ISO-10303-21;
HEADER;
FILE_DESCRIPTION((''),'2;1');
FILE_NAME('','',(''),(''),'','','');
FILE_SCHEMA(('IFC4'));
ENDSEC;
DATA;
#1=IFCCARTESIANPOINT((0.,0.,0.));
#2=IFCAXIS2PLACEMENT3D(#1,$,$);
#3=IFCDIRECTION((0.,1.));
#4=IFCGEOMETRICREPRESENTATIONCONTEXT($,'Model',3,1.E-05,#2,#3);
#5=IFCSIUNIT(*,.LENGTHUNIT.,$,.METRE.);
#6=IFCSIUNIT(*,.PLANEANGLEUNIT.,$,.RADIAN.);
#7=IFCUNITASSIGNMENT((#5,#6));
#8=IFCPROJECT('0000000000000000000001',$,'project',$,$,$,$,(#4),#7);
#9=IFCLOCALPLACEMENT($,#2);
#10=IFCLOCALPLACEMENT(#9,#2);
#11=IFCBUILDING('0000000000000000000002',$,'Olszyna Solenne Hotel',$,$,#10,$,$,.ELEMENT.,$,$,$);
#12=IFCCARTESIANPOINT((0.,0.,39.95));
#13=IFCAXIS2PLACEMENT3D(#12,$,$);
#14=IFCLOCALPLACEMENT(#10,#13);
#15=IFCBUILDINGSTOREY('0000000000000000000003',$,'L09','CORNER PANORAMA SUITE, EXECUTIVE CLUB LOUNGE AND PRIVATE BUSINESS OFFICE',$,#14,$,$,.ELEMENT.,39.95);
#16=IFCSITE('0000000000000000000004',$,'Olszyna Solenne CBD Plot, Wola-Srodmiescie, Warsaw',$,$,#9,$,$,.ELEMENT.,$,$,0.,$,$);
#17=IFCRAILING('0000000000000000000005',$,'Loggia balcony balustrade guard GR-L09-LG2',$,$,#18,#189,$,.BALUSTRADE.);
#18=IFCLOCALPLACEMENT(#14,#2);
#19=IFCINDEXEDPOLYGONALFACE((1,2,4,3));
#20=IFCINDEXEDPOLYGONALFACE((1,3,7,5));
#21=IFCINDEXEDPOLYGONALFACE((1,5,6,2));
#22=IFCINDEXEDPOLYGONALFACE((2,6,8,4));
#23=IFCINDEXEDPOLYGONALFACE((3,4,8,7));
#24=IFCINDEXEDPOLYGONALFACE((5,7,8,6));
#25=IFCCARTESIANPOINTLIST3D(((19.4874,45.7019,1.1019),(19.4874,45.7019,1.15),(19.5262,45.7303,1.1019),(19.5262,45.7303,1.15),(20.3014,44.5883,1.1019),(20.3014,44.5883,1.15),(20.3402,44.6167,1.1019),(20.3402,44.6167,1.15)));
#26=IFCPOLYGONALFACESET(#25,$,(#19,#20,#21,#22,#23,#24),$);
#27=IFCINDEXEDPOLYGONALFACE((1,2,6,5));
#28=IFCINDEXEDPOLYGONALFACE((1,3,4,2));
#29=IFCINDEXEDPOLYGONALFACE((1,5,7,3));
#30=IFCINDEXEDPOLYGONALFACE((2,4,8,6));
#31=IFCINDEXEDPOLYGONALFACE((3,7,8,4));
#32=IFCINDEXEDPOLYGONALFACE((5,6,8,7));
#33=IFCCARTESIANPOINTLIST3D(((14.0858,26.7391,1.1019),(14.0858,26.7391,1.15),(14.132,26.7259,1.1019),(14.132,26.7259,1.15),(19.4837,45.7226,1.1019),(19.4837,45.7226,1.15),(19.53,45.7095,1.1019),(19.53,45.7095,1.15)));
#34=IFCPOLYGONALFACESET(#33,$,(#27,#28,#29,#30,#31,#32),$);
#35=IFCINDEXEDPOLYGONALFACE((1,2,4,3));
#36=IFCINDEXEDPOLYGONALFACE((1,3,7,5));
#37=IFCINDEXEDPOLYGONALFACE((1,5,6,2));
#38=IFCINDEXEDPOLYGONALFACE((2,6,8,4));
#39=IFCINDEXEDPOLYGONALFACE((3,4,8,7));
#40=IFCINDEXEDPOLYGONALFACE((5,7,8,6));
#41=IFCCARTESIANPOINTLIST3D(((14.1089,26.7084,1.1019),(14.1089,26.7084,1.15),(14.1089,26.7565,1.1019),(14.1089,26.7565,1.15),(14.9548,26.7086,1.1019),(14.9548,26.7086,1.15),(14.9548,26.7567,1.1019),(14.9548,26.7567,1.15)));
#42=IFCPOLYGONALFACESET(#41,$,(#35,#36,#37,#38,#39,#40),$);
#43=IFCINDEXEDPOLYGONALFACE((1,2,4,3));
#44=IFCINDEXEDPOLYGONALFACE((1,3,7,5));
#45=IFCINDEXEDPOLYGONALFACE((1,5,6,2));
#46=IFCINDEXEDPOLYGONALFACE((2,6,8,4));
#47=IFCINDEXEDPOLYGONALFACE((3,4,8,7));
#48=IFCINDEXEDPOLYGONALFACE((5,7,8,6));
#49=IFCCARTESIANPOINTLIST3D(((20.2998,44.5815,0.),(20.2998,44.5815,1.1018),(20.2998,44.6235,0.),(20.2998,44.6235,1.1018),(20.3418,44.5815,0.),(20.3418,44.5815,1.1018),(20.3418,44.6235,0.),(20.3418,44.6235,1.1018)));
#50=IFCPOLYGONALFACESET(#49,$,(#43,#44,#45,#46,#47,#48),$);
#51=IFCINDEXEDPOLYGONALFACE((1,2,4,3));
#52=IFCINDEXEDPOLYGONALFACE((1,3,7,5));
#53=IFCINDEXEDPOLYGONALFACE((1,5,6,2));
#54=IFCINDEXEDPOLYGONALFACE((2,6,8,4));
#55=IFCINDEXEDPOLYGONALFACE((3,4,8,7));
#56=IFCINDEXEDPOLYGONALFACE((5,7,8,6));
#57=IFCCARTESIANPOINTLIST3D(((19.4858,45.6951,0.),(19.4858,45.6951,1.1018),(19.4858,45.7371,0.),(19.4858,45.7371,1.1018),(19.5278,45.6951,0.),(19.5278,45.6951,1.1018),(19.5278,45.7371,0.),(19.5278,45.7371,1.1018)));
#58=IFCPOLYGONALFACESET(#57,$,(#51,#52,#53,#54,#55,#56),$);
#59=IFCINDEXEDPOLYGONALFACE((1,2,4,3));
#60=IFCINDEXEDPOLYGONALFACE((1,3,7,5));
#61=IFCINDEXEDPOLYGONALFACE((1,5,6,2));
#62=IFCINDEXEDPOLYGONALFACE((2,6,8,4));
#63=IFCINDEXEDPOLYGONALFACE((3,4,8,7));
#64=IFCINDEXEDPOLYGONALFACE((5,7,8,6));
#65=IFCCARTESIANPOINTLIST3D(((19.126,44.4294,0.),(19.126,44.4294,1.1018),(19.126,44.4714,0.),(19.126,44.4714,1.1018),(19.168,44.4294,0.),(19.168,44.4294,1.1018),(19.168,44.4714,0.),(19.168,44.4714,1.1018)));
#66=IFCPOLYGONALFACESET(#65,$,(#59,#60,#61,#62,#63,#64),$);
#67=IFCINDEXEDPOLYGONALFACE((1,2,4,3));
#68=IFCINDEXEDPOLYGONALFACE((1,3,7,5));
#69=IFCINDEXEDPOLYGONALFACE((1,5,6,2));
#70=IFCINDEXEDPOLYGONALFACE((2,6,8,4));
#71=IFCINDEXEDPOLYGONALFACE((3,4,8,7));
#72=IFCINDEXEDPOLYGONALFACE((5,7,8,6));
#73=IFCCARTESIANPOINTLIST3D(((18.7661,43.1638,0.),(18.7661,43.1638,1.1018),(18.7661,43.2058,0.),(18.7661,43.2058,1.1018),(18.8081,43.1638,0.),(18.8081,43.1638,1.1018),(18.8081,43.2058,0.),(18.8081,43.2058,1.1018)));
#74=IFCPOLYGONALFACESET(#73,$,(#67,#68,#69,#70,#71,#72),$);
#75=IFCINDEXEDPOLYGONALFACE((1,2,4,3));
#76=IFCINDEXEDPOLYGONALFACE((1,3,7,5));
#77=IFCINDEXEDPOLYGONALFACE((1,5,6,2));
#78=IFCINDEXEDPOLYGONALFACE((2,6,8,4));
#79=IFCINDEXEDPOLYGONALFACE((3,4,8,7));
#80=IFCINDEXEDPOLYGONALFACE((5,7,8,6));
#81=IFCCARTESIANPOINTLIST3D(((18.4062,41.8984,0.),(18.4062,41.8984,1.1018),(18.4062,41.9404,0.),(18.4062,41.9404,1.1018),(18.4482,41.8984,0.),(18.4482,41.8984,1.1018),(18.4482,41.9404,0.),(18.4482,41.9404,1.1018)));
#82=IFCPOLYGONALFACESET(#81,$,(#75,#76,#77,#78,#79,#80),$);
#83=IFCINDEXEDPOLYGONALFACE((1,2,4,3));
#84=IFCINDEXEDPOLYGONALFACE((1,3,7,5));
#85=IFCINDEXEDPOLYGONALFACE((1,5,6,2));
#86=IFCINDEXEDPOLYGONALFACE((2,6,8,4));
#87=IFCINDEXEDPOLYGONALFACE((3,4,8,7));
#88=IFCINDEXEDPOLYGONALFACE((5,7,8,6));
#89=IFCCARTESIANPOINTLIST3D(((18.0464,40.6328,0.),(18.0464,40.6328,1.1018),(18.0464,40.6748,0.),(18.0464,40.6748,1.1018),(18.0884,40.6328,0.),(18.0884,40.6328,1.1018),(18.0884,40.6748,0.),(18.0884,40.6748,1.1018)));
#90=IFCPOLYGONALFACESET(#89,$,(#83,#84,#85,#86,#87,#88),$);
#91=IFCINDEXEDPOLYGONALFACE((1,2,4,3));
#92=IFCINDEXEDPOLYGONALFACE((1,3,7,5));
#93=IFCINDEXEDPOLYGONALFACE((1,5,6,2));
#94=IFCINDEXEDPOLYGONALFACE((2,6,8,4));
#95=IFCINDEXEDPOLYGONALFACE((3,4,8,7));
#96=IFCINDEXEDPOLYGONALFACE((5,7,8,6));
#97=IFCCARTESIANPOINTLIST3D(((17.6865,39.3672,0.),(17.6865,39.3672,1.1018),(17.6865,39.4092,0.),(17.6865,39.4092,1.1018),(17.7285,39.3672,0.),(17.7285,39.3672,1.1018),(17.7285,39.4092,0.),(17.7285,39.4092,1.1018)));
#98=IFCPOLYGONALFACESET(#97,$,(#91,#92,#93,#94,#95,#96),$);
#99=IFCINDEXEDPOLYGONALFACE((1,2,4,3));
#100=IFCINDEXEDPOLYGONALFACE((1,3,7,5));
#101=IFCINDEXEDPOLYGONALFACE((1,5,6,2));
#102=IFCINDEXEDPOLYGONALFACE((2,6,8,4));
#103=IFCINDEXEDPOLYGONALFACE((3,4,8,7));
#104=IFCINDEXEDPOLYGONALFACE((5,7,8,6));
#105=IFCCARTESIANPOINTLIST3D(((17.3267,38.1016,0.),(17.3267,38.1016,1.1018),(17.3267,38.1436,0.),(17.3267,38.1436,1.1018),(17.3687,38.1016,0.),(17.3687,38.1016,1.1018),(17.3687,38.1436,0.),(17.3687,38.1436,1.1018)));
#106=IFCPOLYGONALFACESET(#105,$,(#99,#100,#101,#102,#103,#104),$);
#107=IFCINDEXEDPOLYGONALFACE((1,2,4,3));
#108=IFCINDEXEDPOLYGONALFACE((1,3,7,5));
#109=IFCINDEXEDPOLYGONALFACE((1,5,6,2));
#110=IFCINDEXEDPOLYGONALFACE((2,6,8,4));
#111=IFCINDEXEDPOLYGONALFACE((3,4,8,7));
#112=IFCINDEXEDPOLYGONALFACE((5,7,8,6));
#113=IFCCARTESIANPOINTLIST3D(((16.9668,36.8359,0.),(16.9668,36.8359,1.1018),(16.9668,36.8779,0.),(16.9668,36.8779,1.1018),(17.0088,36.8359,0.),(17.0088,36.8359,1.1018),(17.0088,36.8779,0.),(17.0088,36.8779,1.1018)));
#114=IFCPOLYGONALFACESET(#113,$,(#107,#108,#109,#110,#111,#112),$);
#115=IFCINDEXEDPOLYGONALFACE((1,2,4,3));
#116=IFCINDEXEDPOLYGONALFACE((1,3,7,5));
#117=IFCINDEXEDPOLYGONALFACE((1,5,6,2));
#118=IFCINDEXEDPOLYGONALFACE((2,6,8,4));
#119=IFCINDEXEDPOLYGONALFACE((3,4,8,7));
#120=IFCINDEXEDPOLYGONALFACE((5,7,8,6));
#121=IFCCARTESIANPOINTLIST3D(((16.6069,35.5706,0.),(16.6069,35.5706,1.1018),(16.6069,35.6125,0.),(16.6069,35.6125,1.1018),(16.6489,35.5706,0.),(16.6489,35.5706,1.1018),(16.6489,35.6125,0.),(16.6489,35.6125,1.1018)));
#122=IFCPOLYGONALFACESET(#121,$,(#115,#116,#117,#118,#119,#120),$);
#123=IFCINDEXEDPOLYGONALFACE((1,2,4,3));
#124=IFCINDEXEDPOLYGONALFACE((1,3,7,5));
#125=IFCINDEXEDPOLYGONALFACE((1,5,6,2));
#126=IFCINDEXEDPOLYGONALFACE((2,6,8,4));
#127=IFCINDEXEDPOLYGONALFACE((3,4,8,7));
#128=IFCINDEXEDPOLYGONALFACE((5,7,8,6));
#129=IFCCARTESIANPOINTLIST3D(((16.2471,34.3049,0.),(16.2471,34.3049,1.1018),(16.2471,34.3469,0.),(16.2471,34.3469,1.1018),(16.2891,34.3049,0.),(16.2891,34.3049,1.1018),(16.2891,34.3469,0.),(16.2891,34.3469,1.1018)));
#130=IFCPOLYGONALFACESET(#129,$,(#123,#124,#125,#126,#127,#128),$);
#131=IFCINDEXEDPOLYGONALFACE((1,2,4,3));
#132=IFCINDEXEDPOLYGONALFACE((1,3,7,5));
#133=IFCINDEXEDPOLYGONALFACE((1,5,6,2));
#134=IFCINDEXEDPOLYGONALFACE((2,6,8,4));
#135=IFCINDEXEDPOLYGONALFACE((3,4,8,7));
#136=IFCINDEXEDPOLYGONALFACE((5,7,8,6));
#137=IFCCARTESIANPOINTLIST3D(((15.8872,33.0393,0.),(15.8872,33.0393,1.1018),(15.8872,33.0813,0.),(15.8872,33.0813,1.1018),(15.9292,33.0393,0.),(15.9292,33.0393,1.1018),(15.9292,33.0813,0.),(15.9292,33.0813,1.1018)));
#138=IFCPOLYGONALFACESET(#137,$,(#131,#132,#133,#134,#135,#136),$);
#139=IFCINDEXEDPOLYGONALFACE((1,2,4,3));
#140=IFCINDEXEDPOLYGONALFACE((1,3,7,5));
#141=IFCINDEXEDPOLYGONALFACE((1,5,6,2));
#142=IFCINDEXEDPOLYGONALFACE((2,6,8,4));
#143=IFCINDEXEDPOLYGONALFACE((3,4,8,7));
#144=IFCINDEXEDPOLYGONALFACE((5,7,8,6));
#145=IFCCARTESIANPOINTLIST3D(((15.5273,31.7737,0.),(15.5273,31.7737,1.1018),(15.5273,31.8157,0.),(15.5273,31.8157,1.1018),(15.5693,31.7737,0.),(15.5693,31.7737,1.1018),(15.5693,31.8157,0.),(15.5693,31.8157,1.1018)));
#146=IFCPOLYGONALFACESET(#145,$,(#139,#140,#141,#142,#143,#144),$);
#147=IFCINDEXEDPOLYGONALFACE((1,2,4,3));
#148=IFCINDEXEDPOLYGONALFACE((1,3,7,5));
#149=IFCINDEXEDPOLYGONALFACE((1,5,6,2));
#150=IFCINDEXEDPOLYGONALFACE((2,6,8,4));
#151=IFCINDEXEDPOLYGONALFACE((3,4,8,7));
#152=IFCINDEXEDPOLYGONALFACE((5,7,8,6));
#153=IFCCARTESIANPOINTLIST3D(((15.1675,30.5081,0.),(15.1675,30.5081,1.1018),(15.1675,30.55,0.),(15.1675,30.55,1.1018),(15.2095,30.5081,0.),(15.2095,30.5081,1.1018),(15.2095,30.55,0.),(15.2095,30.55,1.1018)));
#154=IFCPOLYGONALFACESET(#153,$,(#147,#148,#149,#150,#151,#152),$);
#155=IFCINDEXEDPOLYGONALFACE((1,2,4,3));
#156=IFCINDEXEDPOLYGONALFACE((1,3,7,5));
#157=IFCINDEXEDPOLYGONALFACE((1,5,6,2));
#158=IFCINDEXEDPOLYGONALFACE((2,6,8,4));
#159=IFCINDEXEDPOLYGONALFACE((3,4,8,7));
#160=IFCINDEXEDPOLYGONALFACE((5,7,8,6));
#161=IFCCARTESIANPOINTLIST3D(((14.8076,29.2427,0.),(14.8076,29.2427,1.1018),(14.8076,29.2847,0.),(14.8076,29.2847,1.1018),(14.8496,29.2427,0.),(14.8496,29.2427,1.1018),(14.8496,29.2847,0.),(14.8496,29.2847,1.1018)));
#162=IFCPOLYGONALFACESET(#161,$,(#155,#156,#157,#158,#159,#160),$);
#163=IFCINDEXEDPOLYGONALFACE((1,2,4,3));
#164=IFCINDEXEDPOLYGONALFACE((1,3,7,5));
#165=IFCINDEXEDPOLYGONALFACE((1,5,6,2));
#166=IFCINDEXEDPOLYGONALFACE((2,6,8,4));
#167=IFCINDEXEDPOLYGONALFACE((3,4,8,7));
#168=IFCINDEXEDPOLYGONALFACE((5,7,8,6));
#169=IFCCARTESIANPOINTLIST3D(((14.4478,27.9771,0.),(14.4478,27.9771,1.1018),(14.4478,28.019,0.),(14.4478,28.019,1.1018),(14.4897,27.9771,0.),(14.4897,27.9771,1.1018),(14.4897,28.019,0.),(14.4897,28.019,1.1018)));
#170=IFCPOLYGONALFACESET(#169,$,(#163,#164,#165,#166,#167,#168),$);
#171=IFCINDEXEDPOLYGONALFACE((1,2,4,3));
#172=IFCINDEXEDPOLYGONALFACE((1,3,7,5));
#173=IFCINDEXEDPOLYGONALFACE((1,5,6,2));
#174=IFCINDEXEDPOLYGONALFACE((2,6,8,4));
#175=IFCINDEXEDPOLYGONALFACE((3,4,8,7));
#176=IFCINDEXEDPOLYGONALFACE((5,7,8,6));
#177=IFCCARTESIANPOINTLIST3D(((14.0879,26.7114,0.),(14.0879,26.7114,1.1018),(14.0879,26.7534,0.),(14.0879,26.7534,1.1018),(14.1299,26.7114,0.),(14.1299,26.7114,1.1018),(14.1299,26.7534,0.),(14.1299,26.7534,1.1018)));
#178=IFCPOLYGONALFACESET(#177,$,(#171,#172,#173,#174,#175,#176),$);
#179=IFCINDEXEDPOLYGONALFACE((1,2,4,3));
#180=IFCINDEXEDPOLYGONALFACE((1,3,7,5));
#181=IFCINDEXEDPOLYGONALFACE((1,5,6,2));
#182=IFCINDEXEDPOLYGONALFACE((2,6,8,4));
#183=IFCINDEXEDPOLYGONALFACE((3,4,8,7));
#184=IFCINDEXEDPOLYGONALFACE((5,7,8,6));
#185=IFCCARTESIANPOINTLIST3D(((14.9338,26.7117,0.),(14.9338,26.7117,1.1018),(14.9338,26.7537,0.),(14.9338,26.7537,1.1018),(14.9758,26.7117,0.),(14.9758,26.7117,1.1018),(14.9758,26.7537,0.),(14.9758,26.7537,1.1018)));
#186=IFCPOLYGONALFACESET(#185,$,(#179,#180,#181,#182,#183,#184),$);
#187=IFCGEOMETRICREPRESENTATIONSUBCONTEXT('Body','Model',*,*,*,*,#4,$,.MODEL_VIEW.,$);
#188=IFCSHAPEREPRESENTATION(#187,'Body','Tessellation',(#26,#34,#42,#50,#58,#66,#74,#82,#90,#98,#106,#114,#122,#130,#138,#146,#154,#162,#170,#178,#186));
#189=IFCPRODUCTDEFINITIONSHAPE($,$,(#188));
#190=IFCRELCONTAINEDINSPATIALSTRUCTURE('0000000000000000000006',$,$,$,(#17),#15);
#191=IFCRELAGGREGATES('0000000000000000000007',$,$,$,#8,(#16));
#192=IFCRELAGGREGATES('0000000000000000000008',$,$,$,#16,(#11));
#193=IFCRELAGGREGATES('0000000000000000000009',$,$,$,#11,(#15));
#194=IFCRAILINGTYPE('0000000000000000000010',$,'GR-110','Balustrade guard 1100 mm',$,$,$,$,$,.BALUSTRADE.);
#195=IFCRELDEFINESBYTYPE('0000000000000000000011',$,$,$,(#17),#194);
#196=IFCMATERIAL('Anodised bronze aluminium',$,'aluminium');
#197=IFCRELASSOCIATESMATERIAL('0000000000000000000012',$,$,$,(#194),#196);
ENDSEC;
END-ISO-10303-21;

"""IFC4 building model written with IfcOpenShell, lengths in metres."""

from ifc_helpers import new_model, si_unit, direction, frame, origin, origin_2d, place, context, subcontext, project, spatial, rectangle, extrude, material, type_object, element, save


model = new_model("IFC4")

# Units and contexts
model_context = context("Model", 3, precision=1e-05, world=origin(), true_north=direction((0.0, 1.0)))
body_context = subcontext(model_context, "Body", "Model", "MODEL_VIEW")
ifc_project = project(units=[si_unit("LENGTHUNIT", "METRE"), si_unit("PLANEANGLEUNIT", "RADIAN")], contexts=[model_context])

# Site, building, storey
site_placement = place(None, origin())
site = spatial("IfcSite", under=ifc_project, at=site_placement, Name="Olszyna Solenne CBD Plot, Wola-Srodmiescie, Warsaw", CompositionType="ELEMENT", RefElevation=0.0)
building_placement = place(site_placement, origin())
building = spatial("IfcBuilding", under=site, at=building_placement, Name="Olszyna Solenne Hotel", CompositionType="ELEMENT")
storey_placement = place(building_placement, frame((0.0, 0.0, 39.95)))
storey = spatial("IfcBuildingStorey", under=building, at=storey_placement, Name="L09", Description="CORNER PANORAMA SUITE, EXECUTIVE CLUB LOUNGE AND PRIVATE BUSINESS OFFICE", CompositionType="ELEMENT", Elevation=39.95)

# Shared definitions
ifc_material_1 = material(Name="Anodised bronze aluminium", Category="aluminium")

# Railing
railing_type = type_object("IfcRailingType", Name="GR-110", Description="Balustrade guard 1100 mm", PredefinedType="BALUSTRADE", material=ifc_material_1)
railing_placement = place(storey_placement, frame((20.3208, 44.6025, 0.0)))
element("IfcRailing", 1, at=railing_placement, inside=storey, type_object=railing_type, Name="Loggia balcony balustrade guard GR-L09-LG2", PredefinedType="BALUSTRADE", context=body_context, shape_type="SweptSolid", body=[
    extrude(rectangle(XDim=0.0481, YDim=0.0481, at=origin_2d()), frame((0.0, 0.0, 1.126), z_axis=(-0.590128, 0.80731, 0.0), x_axis=(-0.80731, -0.590128, 0.0)), (0.0, 0.0, 1.0), 1.3794),
    extrude(rectangle(XDim=0.0481, YDim=0.0481, at=origin_2d()), frame((-0.814, 1.1135, 1.126), z_axis=(-0.273505, -0.96187, 0.0), x_axis=(0.96187, -0.273505, 0.0)), (0.0, 0.0, 1.0), 19.7361),
    extrude(rectangle(XDim=0.0481, YDim=0.0481, at=origin_2d()), frame((-6.2119, -17.8701, 1.126), z_axis=(1.0, 0.000289, 0.0), x_axis=(-0.000289, 1.0, 0.0)), (0.0, 0.0, 1.0), 0.8459),
    extrude(rectangle(XDim=0.042, YDim=0.042, at=origin_2d()), origin(), (0.0, 0.0, 1.0), 1.1018),
    extrude(rectangle(XDim=0.042, YDim=0.042, at=origin_2d()), frame((-0.814, 1.1135, 0.0)), (0.0, 0.0, 1.0), 1.1018),
    extrude(rectangle(XDim=0.042, YDim=0.042, at=origin_2d()), frame((-1.1738, -0.1521, 0.0)), (0.0, 0.0, 1.0), 1.1018),
    extrude(rectangle(XDim=0.042, YDim=0.042, at=origin_2d()), frame((-1.5337, -1.4177, 0.0)), (0.0, 0.0, 1.0), 1.1018),
    extrude(rectangle(XDim=0.042, YDim=0.042, at=origin_2d()), frame((-1.8936, -2.6831, 0.0)), (0.0, 0.0, 1.0), 1.1018),
    extrude(rectangle(XDim=0.042, YDim=0.042, at=origin_2d()), frame((-2.2534, -3.9487, 0.0)), (0.0, 0.0, 1.0), 1.1018),
    extrude(rectangle(XDim=0.042, YDim=0.042, at=origin_2d()), frame((-2.6133, -5.2144, 0.0)), (0.0, 0.0, 1.0), 1.1018),
    extrude(rectangle(XDim=0.042, YDim=0.042, at=origin_2d()), frame((-2.9731, -6.48, 0.0)), (0.0, 0.0, 1.0), 1.1018),
    extrude(rectangle(XDim=0.042, YDim=0.042, at=origin_2d()), frame((-3.333, -7.7456, 0.0)), (0.0, 0.0, 1.0), 1.1018),
    extrude(rectangle(XDim=0.042, YDim=0.042, at=origin_2d()), frame((-3.6929, -9.011, 0.0)), (0.0, 0.0, 1.0), 1.1018),
    extrude(rectangle(XDim=0.042, YDim=0.042, at=origin_2d()), frame((-4.0527, -10.2766, 0.0)), (0.0, 0.0, 1.0), 1.1018),
    extrude(rectangle(XDim=0.042, YDim=0.042, at=origin_2d()), frame((-4.4126, -11.5422, 0.0)), (0.0, 0.0, 1.0), 1.1018),
    extrude(rectangle(XDim=0.042, YDim=0.042, at=origin_2d()), frame((-4.7725, -12.8079, 0.0)), (0.0, 0.0, 1.0), 1.1018),
    extrude(rectangle(XDim=0.042, YDim=0.042, at=origin_2d()), frame((-5.1323, -14.0735, 0.0)), (0.0, 0.0, 1.0), 1.1018),
    extrude(rectangle(XDim=0.042, YDim=0.042, at=origin_2d()), frame((-5.4922, -15.3389, 0.0)), (0.0, 0.0, 1.0), 1.1018),
    extrude(rectangle(XDim=0.042, YDim=0.042, at=origin_2d()), frame((-5.8521, -16.6045, 0.0)), (0.0, 0.0, 1.0), 1.1018),
    extrude(rectangle(XDim=0.042, YDim=0.042, at=origin_2d()), frame((-6.2119, -17.8701, 0.0)), (0.0, 0.0, 1.0), 1.1018),
    extrude(rectangle(XDim=0.042, YDim=0.042, at=origin_2d()), frame((-5.366, -17.8699, 0.0)), (0.0, 0.0, 1.0), 1.1018),
])

save(model, "model.ifc")
